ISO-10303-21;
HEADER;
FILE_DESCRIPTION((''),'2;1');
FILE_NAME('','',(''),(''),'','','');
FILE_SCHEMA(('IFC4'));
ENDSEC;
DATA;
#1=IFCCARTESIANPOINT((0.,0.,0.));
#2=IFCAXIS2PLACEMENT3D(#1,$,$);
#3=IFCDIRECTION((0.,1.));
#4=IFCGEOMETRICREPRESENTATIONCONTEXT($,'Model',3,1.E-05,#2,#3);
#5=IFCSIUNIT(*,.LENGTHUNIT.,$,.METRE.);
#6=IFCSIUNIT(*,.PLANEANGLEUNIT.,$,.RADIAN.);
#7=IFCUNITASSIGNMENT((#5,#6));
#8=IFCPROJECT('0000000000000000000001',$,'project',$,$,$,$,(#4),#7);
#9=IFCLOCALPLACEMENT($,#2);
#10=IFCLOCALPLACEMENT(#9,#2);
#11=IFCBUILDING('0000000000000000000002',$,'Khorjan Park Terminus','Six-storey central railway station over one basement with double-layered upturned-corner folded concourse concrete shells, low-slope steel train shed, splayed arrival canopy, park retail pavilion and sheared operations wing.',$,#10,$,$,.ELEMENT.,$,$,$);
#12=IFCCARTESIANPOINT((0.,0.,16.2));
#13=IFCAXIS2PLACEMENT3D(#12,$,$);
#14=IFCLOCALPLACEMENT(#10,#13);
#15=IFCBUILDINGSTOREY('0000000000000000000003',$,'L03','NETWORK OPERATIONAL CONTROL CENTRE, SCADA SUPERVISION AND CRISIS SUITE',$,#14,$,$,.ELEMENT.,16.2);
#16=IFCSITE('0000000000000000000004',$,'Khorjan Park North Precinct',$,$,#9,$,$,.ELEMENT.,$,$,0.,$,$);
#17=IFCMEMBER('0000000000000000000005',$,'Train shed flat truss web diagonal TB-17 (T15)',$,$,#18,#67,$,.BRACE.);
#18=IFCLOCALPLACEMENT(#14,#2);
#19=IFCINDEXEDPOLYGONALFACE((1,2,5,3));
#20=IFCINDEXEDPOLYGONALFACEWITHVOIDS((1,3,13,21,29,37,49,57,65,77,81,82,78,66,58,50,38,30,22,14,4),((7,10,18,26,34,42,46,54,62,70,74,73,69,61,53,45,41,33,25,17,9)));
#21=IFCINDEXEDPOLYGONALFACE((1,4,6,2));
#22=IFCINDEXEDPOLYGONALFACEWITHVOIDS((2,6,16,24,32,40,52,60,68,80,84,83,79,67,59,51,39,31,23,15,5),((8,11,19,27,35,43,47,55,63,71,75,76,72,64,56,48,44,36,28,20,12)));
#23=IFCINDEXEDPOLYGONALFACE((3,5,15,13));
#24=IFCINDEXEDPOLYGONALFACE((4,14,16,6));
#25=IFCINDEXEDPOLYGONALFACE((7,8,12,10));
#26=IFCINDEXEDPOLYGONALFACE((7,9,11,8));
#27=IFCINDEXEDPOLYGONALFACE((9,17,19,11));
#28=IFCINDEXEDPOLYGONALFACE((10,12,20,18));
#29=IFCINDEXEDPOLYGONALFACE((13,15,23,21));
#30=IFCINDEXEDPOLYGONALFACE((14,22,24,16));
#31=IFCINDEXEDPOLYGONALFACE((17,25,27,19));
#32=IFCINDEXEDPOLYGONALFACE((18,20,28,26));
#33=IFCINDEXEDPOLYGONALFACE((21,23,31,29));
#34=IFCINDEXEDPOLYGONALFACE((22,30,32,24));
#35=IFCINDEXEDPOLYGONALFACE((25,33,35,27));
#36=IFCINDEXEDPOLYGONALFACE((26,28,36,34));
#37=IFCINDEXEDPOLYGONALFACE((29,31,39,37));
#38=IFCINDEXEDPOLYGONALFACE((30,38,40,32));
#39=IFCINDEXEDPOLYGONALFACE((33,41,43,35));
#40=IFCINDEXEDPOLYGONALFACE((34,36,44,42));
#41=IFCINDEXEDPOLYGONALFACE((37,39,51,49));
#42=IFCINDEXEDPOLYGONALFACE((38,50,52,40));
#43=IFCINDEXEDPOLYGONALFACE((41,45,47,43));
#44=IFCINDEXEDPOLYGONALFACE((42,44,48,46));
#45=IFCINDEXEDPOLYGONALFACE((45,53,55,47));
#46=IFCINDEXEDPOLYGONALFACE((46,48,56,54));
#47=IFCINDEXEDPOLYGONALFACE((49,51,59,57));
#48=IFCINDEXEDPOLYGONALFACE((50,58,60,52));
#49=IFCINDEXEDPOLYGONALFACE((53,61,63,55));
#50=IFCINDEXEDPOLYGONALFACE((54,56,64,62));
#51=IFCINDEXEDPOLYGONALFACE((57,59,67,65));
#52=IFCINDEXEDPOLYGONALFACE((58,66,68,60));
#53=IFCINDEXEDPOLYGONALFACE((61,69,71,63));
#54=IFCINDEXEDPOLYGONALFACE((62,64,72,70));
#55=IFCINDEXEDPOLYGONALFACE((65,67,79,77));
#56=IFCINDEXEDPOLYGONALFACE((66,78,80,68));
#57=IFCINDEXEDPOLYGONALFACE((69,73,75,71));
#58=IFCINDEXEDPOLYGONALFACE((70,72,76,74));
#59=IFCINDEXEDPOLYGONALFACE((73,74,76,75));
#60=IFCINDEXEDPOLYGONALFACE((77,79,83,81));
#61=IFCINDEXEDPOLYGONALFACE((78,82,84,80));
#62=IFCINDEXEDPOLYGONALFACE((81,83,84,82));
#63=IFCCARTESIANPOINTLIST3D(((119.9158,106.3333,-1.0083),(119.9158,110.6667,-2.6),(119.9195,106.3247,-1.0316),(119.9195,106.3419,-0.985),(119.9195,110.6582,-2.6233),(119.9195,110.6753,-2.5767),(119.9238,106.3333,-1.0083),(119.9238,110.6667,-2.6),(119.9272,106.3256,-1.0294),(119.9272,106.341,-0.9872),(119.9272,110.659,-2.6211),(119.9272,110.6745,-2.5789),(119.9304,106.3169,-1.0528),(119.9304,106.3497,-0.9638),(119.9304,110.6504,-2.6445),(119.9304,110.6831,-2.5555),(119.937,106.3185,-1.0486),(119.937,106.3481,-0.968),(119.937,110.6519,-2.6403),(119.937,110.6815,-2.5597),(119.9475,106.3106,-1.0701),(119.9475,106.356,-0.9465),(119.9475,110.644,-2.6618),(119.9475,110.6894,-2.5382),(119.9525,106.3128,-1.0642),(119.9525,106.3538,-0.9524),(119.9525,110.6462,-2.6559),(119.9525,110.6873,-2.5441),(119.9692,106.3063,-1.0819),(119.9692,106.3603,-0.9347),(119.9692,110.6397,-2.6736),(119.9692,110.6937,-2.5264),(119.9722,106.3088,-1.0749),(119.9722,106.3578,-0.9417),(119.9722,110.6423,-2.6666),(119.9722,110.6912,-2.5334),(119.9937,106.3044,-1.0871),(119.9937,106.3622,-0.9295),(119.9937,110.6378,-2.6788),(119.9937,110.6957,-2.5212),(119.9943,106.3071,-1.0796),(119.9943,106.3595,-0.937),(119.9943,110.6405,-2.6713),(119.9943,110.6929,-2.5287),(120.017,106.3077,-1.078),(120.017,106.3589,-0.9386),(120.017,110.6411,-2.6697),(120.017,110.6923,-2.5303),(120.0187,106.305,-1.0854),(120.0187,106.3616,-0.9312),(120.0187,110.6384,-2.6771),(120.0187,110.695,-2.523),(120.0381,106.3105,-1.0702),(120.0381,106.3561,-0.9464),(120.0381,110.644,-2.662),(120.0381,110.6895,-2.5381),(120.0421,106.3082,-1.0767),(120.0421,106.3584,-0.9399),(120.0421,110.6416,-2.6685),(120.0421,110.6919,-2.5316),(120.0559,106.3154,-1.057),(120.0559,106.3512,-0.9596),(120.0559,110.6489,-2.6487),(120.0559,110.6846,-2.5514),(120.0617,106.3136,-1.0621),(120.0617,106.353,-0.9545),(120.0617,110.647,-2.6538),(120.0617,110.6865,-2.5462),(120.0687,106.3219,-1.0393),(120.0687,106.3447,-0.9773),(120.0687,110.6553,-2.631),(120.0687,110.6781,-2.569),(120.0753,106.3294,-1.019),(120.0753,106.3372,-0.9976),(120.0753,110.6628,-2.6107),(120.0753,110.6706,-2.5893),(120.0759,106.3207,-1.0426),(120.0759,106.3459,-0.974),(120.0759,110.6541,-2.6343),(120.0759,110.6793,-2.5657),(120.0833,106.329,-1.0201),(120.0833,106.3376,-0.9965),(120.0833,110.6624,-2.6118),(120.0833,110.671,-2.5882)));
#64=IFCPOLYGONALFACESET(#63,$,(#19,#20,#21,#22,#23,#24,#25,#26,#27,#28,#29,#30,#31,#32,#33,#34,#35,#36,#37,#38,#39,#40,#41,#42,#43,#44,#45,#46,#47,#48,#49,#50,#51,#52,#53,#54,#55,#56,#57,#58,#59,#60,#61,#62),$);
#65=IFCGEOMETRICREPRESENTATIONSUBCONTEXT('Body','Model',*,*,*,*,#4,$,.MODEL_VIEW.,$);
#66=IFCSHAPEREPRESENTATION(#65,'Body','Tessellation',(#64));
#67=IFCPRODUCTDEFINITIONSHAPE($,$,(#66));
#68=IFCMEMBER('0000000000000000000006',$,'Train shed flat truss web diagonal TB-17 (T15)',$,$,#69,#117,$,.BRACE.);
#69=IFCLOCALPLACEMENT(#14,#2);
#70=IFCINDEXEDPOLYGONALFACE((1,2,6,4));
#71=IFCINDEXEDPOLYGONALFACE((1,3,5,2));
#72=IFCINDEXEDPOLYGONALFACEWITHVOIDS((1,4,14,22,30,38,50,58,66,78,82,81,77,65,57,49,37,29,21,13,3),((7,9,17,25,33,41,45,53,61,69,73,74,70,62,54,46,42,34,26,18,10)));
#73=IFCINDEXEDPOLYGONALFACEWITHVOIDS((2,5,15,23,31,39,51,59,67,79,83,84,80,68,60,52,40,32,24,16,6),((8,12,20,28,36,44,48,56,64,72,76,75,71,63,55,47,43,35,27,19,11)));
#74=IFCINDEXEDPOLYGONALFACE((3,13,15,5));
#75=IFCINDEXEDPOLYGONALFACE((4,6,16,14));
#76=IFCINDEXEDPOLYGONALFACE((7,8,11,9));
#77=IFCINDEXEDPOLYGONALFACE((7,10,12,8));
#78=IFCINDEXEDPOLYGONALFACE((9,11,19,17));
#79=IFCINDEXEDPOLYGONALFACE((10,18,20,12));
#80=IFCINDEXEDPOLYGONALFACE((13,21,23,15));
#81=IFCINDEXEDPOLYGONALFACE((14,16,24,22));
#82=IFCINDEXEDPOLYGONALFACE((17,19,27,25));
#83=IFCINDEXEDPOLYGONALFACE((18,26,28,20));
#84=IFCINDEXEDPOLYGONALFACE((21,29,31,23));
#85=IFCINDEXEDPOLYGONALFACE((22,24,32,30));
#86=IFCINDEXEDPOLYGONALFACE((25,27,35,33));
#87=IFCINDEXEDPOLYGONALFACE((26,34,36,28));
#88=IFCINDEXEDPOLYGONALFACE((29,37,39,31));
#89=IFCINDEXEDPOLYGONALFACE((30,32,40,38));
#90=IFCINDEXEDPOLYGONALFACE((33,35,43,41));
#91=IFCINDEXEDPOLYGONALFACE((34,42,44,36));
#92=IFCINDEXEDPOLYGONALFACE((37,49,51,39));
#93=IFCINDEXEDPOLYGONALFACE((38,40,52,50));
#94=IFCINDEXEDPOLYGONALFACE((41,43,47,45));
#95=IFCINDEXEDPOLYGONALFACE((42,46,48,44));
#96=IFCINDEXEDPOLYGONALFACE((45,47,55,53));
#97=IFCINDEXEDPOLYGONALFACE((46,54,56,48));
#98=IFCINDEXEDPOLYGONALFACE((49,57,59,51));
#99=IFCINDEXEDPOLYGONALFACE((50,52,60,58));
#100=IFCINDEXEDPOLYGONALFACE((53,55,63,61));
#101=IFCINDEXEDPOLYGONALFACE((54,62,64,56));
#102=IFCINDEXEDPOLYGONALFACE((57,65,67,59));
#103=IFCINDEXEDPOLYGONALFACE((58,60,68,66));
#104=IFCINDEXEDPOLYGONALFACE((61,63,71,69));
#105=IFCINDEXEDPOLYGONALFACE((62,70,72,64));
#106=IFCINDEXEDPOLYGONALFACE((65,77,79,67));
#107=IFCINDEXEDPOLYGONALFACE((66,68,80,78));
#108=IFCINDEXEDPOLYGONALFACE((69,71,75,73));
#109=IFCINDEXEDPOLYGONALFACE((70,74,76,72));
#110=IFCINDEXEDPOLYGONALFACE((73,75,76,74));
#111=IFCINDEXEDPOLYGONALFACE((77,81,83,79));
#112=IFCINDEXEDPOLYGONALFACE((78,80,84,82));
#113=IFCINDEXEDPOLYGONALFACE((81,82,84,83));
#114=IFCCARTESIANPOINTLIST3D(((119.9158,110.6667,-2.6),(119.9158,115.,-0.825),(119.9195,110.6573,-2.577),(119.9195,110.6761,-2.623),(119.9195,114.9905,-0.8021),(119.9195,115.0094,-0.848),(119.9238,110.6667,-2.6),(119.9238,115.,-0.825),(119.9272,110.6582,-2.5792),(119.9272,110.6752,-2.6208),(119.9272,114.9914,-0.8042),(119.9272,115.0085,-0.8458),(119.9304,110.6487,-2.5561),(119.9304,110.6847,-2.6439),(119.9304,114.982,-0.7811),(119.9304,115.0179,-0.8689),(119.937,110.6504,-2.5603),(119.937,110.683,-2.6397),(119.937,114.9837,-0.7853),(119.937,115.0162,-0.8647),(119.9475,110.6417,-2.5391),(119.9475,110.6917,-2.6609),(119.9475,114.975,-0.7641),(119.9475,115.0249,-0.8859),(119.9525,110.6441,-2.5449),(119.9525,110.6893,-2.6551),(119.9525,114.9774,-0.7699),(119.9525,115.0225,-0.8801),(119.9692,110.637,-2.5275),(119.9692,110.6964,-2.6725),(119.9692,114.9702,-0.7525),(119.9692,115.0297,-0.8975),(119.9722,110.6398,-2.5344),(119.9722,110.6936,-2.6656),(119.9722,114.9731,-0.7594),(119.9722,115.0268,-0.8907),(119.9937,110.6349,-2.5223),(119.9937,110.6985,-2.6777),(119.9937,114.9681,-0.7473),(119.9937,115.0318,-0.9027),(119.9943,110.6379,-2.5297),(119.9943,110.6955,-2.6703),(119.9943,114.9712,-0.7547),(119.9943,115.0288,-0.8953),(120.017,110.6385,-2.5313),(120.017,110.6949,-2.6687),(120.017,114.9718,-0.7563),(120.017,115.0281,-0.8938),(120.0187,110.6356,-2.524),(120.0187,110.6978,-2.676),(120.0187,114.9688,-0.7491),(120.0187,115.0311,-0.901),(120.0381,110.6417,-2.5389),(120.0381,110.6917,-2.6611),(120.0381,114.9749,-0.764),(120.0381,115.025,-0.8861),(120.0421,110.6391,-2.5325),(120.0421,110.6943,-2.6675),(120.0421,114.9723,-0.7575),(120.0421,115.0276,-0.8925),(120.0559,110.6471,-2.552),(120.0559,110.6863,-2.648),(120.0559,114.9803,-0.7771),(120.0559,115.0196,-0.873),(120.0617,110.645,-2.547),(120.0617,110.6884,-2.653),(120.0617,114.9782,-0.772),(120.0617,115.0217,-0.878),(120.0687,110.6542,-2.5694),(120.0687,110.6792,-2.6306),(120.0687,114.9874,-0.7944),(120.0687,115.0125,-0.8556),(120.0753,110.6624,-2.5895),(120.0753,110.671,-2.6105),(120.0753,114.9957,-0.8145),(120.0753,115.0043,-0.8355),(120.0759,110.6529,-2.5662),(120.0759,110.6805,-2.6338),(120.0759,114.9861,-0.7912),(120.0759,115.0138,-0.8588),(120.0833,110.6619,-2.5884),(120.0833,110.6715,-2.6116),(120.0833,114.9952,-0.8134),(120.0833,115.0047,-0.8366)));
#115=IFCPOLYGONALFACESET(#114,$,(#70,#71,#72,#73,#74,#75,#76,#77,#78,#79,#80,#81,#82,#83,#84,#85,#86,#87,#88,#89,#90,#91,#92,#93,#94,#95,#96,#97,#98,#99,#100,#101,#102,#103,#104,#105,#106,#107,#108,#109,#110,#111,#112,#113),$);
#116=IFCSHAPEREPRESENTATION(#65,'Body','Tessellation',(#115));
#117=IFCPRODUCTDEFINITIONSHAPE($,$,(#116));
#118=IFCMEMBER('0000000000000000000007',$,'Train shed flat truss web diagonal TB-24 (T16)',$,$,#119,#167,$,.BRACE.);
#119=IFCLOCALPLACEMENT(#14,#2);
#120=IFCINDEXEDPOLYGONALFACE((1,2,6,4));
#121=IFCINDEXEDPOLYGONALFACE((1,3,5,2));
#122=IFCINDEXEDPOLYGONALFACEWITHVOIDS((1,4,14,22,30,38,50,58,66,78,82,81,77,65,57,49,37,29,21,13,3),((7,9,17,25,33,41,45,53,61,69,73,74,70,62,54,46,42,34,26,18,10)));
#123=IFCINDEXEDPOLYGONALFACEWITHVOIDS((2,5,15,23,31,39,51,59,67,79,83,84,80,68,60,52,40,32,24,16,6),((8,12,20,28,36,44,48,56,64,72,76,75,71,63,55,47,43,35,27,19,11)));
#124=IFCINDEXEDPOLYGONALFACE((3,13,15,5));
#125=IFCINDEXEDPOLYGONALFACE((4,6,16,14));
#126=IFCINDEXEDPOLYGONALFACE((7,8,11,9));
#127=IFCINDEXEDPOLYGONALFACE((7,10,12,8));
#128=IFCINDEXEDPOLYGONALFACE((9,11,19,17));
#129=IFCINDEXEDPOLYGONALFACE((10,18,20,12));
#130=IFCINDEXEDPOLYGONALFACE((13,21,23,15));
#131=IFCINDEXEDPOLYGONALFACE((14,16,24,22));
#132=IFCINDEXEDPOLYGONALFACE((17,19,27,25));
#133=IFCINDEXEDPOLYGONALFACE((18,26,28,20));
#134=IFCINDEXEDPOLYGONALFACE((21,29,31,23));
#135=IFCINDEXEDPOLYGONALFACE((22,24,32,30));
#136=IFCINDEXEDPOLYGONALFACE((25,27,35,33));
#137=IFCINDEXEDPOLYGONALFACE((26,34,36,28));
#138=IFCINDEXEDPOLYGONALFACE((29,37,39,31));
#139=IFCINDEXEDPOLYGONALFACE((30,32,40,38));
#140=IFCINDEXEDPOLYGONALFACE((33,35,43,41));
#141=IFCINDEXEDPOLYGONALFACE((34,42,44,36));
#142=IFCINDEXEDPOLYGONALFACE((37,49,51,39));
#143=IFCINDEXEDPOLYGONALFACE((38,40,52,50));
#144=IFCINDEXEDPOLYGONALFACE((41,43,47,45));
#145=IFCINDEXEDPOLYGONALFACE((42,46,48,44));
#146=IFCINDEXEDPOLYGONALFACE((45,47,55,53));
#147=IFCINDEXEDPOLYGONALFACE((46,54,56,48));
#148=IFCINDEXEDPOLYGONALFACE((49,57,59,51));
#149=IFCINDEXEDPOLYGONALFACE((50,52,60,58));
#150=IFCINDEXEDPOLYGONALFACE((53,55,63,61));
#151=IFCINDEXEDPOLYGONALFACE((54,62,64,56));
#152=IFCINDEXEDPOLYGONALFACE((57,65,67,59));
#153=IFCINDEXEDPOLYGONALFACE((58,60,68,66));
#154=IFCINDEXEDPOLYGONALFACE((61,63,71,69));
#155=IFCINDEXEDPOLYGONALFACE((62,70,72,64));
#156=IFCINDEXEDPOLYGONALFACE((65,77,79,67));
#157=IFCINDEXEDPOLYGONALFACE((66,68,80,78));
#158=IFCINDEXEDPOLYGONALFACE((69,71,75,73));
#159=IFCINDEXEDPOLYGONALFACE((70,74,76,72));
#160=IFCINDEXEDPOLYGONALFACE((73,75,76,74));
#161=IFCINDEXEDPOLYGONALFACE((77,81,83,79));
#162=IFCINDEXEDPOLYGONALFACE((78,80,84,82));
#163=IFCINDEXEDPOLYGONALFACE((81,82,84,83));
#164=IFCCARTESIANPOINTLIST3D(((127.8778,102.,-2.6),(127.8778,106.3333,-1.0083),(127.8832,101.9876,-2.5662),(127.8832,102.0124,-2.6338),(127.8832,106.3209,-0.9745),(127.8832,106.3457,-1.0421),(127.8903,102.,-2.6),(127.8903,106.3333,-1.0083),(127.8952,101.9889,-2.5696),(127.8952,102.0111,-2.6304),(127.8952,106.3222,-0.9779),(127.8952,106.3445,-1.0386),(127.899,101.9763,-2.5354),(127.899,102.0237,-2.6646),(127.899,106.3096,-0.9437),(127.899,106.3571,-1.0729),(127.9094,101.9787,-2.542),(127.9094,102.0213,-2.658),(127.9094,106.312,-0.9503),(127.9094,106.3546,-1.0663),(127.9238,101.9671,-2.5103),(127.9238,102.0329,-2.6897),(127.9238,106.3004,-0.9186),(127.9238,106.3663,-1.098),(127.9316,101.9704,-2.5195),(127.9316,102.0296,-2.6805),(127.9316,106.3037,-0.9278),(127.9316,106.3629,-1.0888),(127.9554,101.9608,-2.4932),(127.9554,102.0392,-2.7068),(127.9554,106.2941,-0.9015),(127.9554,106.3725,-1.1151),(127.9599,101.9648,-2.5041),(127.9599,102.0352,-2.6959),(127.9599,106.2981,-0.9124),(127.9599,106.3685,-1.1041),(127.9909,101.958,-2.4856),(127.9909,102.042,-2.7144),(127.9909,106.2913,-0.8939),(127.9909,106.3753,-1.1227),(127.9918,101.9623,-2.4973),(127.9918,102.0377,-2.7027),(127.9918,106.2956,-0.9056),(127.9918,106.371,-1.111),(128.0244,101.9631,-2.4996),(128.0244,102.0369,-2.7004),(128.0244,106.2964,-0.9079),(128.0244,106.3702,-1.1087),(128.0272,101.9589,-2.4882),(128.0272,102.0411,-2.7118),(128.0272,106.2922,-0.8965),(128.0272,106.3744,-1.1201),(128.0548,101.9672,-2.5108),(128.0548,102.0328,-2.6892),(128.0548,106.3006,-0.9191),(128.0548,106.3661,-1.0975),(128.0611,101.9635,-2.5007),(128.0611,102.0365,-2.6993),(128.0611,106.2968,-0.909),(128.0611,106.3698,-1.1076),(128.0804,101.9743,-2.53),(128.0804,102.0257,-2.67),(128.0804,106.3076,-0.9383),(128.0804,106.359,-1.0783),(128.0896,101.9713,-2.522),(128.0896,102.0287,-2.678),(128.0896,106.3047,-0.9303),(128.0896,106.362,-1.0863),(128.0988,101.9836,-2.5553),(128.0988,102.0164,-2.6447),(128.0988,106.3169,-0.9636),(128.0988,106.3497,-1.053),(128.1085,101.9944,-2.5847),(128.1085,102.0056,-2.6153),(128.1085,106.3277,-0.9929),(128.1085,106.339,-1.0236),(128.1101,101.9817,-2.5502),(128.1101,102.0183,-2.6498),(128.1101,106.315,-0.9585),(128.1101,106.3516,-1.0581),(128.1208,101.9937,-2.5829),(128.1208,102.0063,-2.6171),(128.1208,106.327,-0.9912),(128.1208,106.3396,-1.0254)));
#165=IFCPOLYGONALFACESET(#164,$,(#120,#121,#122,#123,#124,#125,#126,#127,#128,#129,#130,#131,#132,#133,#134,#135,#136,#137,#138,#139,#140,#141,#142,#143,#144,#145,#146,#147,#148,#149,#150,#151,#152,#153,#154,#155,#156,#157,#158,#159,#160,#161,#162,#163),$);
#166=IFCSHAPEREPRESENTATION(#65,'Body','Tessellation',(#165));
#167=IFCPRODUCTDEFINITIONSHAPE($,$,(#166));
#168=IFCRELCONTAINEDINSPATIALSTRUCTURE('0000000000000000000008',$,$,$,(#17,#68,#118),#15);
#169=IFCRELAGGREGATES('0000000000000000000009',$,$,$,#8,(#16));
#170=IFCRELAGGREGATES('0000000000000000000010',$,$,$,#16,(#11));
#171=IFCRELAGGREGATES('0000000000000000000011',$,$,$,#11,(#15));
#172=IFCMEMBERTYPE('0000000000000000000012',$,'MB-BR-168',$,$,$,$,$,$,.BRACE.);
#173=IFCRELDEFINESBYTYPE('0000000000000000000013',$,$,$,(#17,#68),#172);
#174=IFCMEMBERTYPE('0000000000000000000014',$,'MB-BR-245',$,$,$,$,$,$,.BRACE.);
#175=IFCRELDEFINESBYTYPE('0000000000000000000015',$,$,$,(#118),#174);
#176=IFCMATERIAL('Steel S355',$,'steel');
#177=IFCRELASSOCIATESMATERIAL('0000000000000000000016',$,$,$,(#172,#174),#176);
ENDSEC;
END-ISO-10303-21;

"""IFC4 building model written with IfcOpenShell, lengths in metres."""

from ifc_helpers import new_model, si_unit, direction, frame, origin, origin_2d, place, context, subcontext, project, spatial, hollow_circle, extrude, material, material_profile, profile_set, type_object, element, save


model = new_model("IFC4")

# Units and contexts
model_context = context("Model", 3, precision=1e-05, world=origin(), true_north=direction((0.0, 1.0)))
body_context = subcontext(model_context, "Body", "Model", "MODEL_VIEW")
ifc_project = project(units=[si_unit("LENGTHUNIT", "METRE"), si_unit("PLANEANGLEUNIT", "RADIAN")], contexts=[model_context])

# Site, building, storey
site_placement = place(None, origin())
site = spatial("IfcSite", under=ifc_project, at=site_placement, Name="Khorjan Park North Precinct", CompositionType="ELEMENT", RefElevation=0.0)
building_placement = place(site_placement, origin())
building = spatial("IfcBuilding", under=site, at=building_placement, Name="Khorjan Park Terminus", Description="Six-storey central railway station over one basement with double-layered upturned-corner folded concourse concrete shells, low-slope steel train shed, splayed arrival canopy, park retail pavilion and sheared operations wing.", CompositionType="ELEMENT")
storey_placement = place(building_placement, frame((0.0, 0.0, 16.2)))
storey = spatial("IfcBuildingStorey", under=building, at=storey_placement, Name="L03", Description="NETWORK OPERATIONAL CONTROL CENTRE, SCADA SUPERVISION AND CRISIS SUITE", CompositionType="ELEMENT", Elevation=16.2)

# Members
ifc_material_1 = material(Name="Steel S355", Category="steel")
ifc_material_profile_1 = material_profile(ifc_material_1, hollow_circle(Radius=0.0842, WallThickness=0.008, at=origin_2d()), Name="CHS 168.3x8")
ifc_profile_set_1 = profile_set([ifc_material_profile_1], Name="Steel S355")
member_type_1 = type_object("IfcMemberType", Name="MB-BR-168", PredefinedType="BRACE", material=ifc_profile_set_1)
member_1_placement = place(storey_placement, frame((120.0, 106.3333, -1.0083), z_axis=(0.0, 0.938681, -0.344787), x_axis=(-1.0, 0.0, 0.0)))
element("IfcMember", 1, at=member_1_placement, inside=storey, type_object=member_type_1, Name="Train shed flat truss web diagonal TB-17 (T15)", PredefinedType="BRACE", context=body_context, shape_type="SweptSolid", body=[
    extrude(hollow_circle(Radius=0.0842, WallThickness=0.008, at=origin_2d()), origin(), (0.0, 0.0, 1.0), 4.6165),
])
member_2_placement = place(storey_placement, frame((120.0, 110.6667, -2.6), z_axis=(0.0, 0.925376, 0.379051), x_axis=(-1.0, 0.0, 0.0)))
element("IfcMember", 2, at=member_2_placement, inside=storey, type_object=member_type_1, Name="Train shed flat truss web diagonal TB-17 (T15)", PredefinedType="BRACE", context=body_context, shape_type="SweptSolid", body=[
    extrude(hollow_circle(Radius=0.0842, WallThickness=0.008, at=origin_2d()), origin(), (0.0, 0.0, 1.0), 4.6827),
])
ifc_material_profile_2 = material_profile(ifc_material_1, hollow_circle(Radius=0.1222, WallThickness=0.0125, at=origin_2d()), Name="CHS 244.5x12.5")
ifc_profile_set_2 = profile_set([ifc_material_profile_2], Name="Steel S355")
member_type_2 = type_object("IfcMemberType", Name="MB-BR-245", PredefinedType="BRACE", material=ifc_profile_set_2)
member_3_placement = place(storey_placement, frame((128.0, 102.0, -2.6), z_axis=(0.0, 0.938678, 0.344794), x_axis=(-1.0, 0.0, 0.0)))
element("IfcMember", 3, at=member_3_placement, inside=storey, type_object=member_type_2, Name="Train shed flat truss web diagonal TB-24 (T16)", PredefinedType="BRACE", context=body_context, shape_type="SweptSolid", body=[
    extrude(hollow_circle(Radius=0.1222, WallThickness=0.0125, at=origin_2d()), origin(), (0.0, 0.0, 1.0), 4.6164),
])

save(model, "model.ifc")
